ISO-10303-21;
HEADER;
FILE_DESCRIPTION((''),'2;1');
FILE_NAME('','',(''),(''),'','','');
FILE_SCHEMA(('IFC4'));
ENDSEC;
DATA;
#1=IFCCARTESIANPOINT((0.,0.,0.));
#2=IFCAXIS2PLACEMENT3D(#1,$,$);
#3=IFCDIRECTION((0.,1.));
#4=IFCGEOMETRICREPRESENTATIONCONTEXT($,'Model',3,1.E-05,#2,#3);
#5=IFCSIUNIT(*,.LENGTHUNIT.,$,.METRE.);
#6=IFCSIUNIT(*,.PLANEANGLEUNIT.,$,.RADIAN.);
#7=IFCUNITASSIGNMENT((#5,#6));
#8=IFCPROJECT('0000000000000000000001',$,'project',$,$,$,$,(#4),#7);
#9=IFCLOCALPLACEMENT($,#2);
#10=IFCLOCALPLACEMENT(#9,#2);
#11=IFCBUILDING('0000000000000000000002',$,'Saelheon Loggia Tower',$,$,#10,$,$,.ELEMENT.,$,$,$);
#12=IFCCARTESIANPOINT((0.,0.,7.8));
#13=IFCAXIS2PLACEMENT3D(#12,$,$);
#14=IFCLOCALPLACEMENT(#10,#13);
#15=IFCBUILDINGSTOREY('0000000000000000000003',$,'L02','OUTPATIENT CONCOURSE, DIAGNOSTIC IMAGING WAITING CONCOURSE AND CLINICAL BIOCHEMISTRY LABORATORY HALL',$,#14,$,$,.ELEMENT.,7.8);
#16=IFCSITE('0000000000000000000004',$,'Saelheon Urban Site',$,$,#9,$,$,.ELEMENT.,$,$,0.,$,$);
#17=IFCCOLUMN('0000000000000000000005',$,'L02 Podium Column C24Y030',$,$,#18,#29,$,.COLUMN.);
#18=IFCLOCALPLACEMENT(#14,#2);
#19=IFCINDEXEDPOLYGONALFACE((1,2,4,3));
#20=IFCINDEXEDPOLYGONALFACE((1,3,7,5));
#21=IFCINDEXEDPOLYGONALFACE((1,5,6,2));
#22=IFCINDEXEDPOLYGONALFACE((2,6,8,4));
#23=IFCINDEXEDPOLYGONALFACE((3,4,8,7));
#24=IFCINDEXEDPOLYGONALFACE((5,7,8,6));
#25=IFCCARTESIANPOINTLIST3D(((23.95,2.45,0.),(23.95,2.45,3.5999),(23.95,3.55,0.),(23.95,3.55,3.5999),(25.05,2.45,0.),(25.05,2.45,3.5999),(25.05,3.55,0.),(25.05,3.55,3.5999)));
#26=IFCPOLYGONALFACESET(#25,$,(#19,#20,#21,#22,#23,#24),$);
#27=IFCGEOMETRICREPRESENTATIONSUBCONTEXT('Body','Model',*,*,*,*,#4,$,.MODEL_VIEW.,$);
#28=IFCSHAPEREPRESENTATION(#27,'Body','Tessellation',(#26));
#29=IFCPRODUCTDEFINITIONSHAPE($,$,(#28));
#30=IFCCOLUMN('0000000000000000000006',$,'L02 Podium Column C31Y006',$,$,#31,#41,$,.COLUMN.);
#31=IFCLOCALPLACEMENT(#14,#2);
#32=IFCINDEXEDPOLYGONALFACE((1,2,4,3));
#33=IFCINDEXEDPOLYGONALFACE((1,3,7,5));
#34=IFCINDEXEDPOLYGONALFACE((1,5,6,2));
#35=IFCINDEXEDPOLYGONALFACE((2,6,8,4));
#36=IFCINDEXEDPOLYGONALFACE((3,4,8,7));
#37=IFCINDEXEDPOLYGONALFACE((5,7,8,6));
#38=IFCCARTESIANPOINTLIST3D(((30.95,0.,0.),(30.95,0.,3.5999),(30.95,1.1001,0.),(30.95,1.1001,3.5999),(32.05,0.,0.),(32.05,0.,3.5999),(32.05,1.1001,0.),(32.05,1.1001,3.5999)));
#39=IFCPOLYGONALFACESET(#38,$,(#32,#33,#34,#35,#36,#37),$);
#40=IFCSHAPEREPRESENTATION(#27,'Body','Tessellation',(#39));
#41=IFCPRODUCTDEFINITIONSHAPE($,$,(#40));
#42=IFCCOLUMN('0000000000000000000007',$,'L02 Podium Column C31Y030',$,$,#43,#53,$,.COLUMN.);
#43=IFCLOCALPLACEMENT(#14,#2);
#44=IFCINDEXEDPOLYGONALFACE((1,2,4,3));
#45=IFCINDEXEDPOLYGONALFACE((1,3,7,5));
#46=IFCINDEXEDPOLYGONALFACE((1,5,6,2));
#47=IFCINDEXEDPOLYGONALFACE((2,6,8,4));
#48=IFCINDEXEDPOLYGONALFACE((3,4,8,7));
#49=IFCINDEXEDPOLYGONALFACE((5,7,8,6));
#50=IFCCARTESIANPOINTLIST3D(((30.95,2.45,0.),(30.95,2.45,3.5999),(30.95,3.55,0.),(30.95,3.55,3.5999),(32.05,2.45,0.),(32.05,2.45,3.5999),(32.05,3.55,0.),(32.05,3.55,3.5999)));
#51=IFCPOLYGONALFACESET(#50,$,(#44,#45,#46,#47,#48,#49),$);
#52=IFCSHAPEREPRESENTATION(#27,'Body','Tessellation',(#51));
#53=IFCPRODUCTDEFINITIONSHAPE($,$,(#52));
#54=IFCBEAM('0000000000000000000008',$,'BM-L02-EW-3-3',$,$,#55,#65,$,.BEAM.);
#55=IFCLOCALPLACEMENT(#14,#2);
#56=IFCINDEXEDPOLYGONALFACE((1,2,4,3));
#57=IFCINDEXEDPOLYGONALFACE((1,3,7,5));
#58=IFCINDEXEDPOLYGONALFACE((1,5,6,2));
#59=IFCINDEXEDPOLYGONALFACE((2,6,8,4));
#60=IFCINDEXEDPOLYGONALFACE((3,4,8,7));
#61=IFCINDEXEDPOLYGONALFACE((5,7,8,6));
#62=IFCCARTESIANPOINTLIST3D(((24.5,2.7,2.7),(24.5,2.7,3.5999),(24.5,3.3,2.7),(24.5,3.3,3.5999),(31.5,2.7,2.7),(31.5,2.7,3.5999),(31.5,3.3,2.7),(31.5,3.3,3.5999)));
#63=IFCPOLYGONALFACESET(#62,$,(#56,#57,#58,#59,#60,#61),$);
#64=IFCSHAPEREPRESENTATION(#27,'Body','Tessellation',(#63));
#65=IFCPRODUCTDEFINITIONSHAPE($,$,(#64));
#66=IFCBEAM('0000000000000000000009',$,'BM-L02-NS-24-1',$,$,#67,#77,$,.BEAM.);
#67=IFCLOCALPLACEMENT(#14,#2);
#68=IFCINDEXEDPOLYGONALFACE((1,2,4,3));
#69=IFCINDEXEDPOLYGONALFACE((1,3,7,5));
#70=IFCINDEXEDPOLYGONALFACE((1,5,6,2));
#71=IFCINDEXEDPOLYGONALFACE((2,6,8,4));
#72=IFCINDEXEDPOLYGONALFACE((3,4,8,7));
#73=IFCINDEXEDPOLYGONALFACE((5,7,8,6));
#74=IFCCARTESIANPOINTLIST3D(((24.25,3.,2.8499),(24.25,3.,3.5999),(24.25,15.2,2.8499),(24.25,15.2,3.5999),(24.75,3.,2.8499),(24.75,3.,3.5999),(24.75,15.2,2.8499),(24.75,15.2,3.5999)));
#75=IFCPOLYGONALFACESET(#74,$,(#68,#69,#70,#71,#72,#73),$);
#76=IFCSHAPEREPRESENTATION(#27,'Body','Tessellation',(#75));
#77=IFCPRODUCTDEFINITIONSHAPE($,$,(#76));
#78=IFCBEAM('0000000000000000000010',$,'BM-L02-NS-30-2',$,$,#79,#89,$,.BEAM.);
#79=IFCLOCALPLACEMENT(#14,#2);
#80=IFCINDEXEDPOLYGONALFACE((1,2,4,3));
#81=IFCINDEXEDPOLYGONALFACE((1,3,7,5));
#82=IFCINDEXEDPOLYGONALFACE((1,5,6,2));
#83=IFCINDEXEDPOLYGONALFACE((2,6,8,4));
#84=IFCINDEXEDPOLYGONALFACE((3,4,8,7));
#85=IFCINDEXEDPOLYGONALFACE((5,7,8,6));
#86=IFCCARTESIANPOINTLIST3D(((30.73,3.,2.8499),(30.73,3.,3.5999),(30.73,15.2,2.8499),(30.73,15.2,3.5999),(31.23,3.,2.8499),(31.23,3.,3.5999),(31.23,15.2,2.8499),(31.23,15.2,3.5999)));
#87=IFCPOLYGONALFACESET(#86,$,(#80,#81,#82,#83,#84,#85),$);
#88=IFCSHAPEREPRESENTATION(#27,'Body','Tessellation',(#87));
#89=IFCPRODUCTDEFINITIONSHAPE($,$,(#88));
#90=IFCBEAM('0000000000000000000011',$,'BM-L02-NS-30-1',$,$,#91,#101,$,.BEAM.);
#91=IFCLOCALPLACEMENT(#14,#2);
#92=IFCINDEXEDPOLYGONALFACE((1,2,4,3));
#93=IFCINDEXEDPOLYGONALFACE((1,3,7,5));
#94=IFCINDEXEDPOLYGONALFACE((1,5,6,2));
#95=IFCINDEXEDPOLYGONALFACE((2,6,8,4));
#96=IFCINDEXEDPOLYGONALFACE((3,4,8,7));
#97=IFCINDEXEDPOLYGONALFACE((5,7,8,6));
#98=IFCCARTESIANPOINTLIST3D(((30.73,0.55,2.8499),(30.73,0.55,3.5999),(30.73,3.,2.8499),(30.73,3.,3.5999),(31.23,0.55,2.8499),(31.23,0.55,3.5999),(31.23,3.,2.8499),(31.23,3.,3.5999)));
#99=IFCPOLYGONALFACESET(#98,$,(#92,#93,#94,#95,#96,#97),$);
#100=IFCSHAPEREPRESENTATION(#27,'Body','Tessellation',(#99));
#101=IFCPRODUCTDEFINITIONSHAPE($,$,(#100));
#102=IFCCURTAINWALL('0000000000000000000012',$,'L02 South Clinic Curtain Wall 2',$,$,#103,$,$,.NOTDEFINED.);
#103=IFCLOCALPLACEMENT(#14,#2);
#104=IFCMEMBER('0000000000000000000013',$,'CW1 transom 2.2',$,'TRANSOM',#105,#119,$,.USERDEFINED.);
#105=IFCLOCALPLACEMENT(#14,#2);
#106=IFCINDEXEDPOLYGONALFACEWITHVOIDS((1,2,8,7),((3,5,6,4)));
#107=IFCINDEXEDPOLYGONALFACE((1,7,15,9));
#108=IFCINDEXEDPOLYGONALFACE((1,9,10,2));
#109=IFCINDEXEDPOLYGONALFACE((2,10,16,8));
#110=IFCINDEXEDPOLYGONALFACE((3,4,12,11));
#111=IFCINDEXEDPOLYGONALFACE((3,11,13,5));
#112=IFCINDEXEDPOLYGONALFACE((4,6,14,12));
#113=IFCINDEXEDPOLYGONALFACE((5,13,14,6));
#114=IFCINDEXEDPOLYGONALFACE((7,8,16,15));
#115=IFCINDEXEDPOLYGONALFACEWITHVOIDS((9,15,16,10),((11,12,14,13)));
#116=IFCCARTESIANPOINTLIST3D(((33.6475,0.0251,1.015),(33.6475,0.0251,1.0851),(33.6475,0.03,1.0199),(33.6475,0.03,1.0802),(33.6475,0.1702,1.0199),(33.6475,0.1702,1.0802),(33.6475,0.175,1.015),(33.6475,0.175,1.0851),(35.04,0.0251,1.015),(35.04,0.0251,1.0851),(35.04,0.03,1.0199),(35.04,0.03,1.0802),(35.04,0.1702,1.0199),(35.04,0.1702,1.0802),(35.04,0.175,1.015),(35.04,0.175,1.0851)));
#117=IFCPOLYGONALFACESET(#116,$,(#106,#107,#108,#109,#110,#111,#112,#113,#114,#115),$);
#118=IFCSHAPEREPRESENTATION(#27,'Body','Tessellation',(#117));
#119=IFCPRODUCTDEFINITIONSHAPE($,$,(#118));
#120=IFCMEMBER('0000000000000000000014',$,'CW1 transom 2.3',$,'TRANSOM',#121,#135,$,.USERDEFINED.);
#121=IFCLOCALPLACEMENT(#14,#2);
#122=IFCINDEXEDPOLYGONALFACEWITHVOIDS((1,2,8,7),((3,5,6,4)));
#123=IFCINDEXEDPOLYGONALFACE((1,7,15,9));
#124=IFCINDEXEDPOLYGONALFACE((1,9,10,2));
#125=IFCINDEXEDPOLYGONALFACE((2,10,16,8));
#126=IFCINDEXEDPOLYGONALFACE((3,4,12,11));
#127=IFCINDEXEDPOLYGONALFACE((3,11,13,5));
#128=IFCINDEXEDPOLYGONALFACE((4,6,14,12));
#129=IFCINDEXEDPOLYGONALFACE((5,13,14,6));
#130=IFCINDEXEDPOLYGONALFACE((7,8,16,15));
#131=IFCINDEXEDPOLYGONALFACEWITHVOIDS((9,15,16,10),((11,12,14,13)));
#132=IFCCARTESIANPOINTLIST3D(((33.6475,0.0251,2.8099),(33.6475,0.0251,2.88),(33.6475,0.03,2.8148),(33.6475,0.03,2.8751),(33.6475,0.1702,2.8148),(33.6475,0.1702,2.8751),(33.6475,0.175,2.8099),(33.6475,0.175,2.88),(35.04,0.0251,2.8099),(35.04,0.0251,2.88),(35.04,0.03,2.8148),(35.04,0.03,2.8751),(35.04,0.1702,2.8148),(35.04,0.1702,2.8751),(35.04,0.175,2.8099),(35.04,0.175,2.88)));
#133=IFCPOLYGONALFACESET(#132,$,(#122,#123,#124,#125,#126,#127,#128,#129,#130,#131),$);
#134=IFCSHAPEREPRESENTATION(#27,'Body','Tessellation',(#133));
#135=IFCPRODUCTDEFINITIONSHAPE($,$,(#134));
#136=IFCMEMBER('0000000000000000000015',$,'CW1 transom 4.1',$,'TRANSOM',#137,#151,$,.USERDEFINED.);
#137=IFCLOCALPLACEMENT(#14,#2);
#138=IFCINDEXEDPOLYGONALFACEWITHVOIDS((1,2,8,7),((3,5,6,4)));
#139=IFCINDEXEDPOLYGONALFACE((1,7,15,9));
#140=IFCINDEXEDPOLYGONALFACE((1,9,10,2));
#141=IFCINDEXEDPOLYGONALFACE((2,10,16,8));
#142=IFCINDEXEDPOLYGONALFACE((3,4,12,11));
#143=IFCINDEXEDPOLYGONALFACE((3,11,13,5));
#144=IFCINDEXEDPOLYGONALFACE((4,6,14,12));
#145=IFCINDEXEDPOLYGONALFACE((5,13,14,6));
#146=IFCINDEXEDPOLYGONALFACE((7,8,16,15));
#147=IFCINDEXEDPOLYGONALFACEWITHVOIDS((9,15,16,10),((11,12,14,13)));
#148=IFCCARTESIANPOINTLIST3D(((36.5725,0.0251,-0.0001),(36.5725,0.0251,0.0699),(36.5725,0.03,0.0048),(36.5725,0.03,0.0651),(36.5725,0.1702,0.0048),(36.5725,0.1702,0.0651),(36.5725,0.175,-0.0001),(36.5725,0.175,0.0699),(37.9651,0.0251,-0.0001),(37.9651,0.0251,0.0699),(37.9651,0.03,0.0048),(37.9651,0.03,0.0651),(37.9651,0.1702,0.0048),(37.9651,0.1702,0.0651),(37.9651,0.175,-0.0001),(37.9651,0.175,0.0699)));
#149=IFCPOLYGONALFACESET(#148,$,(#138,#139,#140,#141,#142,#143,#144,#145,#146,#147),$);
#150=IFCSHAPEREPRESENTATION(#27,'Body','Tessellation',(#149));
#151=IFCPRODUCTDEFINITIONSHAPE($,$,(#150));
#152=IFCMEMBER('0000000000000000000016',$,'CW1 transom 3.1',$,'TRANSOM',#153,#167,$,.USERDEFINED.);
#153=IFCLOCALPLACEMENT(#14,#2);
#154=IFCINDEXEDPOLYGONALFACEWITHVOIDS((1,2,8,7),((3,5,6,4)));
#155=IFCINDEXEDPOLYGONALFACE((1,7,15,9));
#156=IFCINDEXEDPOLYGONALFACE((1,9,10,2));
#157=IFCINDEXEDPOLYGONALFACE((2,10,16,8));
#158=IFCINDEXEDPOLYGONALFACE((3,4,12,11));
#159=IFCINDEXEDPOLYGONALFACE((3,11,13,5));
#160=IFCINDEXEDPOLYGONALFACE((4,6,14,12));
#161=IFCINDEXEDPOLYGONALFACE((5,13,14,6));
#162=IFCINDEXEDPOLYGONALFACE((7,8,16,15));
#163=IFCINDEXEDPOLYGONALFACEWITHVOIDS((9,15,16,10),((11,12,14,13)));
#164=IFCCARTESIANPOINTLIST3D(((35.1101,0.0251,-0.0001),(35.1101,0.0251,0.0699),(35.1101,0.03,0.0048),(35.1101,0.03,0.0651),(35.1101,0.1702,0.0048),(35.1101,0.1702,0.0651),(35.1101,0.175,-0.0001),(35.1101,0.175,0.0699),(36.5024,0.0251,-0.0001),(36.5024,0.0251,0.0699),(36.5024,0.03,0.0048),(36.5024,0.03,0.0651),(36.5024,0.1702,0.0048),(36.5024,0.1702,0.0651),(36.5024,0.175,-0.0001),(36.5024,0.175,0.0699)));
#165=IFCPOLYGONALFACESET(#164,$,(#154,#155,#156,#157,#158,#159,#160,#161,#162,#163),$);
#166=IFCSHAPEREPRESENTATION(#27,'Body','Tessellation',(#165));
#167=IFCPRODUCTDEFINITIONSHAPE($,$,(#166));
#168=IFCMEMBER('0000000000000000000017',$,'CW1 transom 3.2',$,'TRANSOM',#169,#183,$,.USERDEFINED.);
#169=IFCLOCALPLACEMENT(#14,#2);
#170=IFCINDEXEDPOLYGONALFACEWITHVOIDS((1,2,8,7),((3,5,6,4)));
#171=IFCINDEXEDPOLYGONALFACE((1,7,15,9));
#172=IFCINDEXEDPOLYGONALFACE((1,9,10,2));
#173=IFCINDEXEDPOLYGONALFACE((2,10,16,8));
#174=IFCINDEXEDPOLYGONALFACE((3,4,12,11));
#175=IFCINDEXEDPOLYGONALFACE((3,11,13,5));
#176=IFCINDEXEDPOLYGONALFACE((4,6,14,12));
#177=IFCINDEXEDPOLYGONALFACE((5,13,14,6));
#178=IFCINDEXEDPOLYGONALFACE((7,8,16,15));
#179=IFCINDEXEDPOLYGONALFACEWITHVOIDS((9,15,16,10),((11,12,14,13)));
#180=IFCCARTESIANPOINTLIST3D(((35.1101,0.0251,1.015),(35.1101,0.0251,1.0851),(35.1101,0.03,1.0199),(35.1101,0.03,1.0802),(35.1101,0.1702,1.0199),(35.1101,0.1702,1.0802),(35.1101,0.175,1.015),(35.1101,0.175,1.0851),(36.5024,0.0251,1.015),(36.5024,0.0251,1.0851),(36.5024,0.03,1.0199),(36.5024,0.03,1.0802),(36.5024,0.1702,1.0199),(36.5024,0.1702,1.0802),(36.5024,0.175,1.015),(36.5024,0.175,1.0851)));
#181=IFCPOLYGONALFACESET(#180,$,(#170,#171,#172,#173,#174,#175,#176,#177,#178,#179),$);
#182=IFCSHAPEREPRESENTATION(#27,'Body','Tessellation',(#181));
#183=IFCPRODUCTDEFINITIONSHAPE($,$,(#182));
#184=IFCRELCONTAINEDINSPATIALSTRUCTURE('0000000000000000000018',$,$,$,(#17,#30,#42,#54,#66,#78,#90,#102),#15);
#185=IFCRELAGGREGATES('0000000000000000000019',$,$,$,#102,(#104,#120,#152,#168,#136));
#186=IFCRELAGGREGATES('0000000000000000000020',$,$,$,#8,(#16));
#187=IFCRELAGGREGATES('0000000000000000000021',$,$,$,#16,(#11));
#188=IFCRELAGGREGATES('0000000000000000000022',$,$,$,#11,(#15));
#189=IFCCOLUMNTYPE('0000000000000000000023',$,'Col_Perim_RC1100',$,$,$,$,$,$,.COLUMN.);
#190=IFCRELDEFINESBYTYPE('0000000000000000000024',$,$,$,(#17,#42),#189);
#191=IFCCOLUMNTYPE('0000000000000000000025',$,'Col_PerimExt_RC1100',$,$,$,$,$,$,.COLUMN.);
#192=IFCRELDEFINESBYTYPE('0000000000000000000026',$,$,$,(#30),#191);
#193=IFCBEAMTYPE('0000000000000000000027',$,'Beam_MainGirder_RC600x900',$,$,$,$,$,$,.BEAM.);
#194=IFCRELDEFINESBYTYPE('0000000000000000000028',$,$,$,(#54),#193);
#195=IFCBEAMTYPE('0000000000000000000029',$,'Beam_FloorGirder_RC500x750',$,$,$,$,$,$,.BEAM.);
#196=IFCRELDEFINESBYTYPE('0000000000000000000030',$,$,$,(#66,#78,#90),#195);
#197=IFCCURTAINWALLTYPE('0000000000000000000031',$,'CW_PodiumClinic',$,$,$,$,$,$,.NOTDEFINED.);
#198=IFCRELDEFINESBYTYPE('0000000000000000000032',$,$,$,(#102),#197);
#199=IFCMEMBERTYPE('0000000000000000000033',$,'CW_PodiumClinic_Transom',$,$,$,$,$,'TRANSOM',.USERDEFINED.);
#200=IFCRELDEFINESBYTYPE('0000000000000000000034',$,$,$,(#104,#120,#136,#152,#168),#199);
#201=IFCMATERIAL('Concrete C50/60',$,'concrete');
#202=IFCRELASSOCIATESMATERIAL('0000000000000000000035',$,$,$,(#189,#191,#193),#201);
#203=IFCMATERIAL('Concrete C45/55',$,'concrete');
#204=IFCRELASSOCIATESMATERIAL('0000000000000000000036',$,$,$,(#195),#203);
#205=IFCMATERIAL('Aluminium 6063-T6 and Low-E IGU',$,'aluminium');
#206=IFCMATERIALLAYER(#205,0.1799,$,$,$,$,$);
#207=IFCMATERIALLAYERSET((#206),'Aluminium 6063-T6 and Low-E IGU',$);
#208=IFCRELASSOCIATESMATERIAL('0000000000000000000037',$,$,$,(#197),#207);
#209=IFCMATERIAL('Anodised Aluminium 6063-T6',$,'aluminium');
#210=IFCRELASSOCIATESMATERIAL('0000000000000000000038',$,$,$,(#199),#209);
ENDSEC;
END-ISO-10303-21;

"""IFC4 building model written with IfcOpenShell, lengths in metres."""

from ifc_helpers import new_model, si_unit, direction, frame, origin, origin_2d, place, context, subcontext, project, spatial, rectangle, hollow_rectangle, extrude, source, transform, mapped, material, layer, layer_set, material_profile, profile_set, type_object, element, aggregate, save


model = new_model("IFC4")

# Units and contexts
model_context = context("Model", 3, precision=1e-05, world=origin(), true_north=direction((0.0, 1.0)))
body_context = subcontext(model_context, "Body", "Model", "MODEL_VIEW")
ifc_project = project(units=[si_unit("LENGTHUNIT", "METRE"), si_unit("PLANEANGLEUNIT", "RADIAN")], contexts=[model_context])

# Site, building, storey
site_placement = place(None, origin())
site = spatial("IfcSite", under=ifc_project, at=site_placement, Name="Saelheon Urban Site", CompositionType="ELEMENT", RefElevation=0.0)
building_placement = place(site_placement, origin())
building = spatial("IfcBuilding", under=site, at=building_placement, Name="Saelheon Loggia Tower", CompositionType="ELEMENT")
storey_placement = place(building_placement, frame((0.0, 0.0, 7.8)))
storey = spatial("IfcBuildingStorey", under=building, at=storey_placement, Name="L02", Description="OUTPATIENT CONCOURSE, DIAGNOSTIC IMAGING WAITING CONCOURSE AND CLINICAL BIOCHEMISTRY LABORATORY HALL", CompositionType="ELEMENT", Elevation=7.8)

# Columns
ifc_material_1 = material(Name="Concrete C50/60", Category="concrete")
ifc_material_profile_1 = material_profile(ifc_material_1, rectangle(XDim=1.1001, YDim=1.1001, at=origin_2d()), Name="RC-1100x1100")
ifc_profile_set_1 = profile_set([ifc_material_profile_1], Name="Concrete C50/60")
column_type_1 = type_object("IfcColumnType", Name="Col_Perim_RC1100", PredefinedType="COLUMN", material=ifc_profile_set_1)
shared_shape_1 = source(origin(), body_context, "Body", "SweptSolid", [
    extrude(rectangle(XDim=1.1001, YDim=1.1001, at=origin_2d()), origin(), (0.0, 0.0, 1.0), 3.5999),
])
column_1_placement = place(storey_placement, frame((24.5, 3.0, 0.0), z_axis=(0.0, 0.0, 1.0), x_axis=(1.0, 0.0, 0.0)))
element("IfcColumn", 1, at=column_1_placement, inside=storey, type_object=column_type_1, Name="L02 Podium Column C24Y030", PredefinedType="COLUMN", context=body_context, shape_type="MappedRepresentation", body=[
    mapped(shared_shape_1, transform((0.0, 0.0, 0.0), scale=1.0)),
])
ifc_material_profile_2 = material_profile(ifc_material_1, rectangle(XDim=1.1001, YDim=1.1001, at=origin_2d()), Name="RC-1100x1100")
ifc_profile_set_2 = profile_set([ifc_material_profile_2], Name="Concrete C50/60")
column_type_2 = type_object("IfcColumnType", Name="Col_PerimExt_RC1100", PredefinedType="COLUMN", material=ifc_profile_set_2)
column_2_placement = place(storey_placement, frame((31.5, 0.55, 0.0), z_axis=(0.0, 0.0, 1.0), x_axis=(1.0, 0.0, 0.0)))
element("IfcColumn", 2, at=column_2_placement, inside=storey, type_object=column_type_2, Name="L02 Podium Column C31Y006", PredefinedType="COLUMN", context=body_context, shape_type="MappedRepresentation", body=[
    mapped(shared_shape_1, transform((0.0, 0.0, 0.0), scale=1.0)),
])
column_3_placement = place(storey_placement, frame((31.5, 3.0, 0.0), z_axis=(0.0, 0.0, 1.0), x_axis=(1.0, 0.0, 0.0)))
element("IfcColumn", 3, at=column_3_placement, inside=storey, type_object=column_type_1, Name="L02 Podium Column C31Y030", PredefinedType="COLUMN", context=body_context, shape_type="MappedRepresentation", body=[
    mapped(shared_shape_1, transform((0.0, 0.0, 0.0), scale=1.0)),
])

# Beams
ifc_material_profile_3 = material_profile(ifc_material_1, rectangle(XDim=0.6001, YDim=0.8999, at=origin_2d()), Name="RC-600x900")
ifc_profile_set_3 = profile_set([ifc_material_profile_3], Name="Concrete C50/60")
beam_type_1 = type_object("IfcBeamType", Name="Beam_MainGirder_RC600x900", PredefinedType="BEAM", material=ifc_profile_set_3)
shared_shape_2 = source(origin(), body_context, "Body", "SweptSolid", [
    extrude(rectangle(XDim=0.6001, YDim=0.8999, at=origin_2d()), origin(), (0.0, 0.0, 1.0), 7.0),
])
beam_1_placement = place(storey_placement, frame((24.5, 3.0, 3.1499), z_axis=(1.0, 0.0, 0.0), x_axis=(0.0, 1.0, 0.0)))
element("IfcBeam", 4, at=beam_1_placement, inside=storey, type_object=beam_type_1, Name="BM-L02-EW-3-3", PredefinedType="BEAM", context=body_context, shape_type="MappedRepresentation", body=[
    mapped(shared_shape_2, transform((0.0, 0.0, 0.0), scale=1.0)),
])
ifc_material_2 = material(Name="Concrete C45/55", Category="concrete")
ifc_material_profile_4 = material_profile(ifc_material_2, rectangle(XDim=0.5, YDim=0.75, at=origin_2d()), Name="RC-500x750")
ifc_profile_set_4 = profile_set([ifc_material_profile_4], Name="Concrete C45/55")
beam_type_2 = type_object("IfcBeamType", Name="Beam_FloorGirder_RC500x750", PredefinedType="BEAM", material=ifc_profile_set_4)
shared_shape_3 = source(origin(), body_context, "Body", "SweptSolid", [
    extrude(rectangle(XDim=0.5, YDim=0.75, at=origin_2d()), origin(), (0.0, 0.0, 1.0), 12.2),
])
for number, where, z_axis, x_axis, name in (
    (5, (24.5, 3.0, 3.2249), (0.0, 1.0, 0.0), (-1.0, 0.0, 0.0), "BM-L02-NS-24-1"),
    (6, (30.98, 3.0, 3.2249), (0.0, 1.0, 0.0), (-1.0, 0.0, 0.0), "BM-L02-NS-30-2"),
):
    element("IfcBeam", number, at=place(storey_placement, frame(where, z_axis=z_axis, x_axis=x_axis)), inside=storey, type_object=beam_type_2, Name=name, PredefinedType="BEAM", context=body_context, shape_type="MappedRepresentation", body=[
        mapped(shared_shape_3, transform((0.0, 0.0, 0.0), scale=1.0)),
    ])
shared_shape_4 = source(origin(), body_context, "Body", "SweptSolid", [
    extrude(rectangle(XDim=0.5, YDim=0.75, at=origin_2d()), origin(), (0.0, 0.0, 1.0), 2.45),
])
beam_2_placement = place(storey_placement, frame((30.98, 0.55, 3.2249), z_axis=(0.0, 1.0, 0.0), x_axis=(-1.0, 0.0, 0.0)))
element("IfcBeam", 7, at=beam_2_placement, inside=storey, type_object=beam_type_2, Name="BM-L02-NS-30-1", PredefinedType="BEAM", context=body_context, shape_type="MappedRepresentation", body=[
    mapped(shared_shape_4, transform((0.0, 0.0, 0.0), scale=1.0)),
])

# Curtain wall, members
ifc_material_3 = material(Name="Aluminium 6063-T6 and Low-E IGU", Category="aluminium")
ifc_layer_1 = layer(ifc_material_3, 0.1799)
ifc_layer_set_1 = layer_set([ifc_layer_1], Name="Aluminium 6063-T6 and Low-E IGU")
curtain_wall_type = type_object("IfcCurtainWallType", Name="CW_PodiumClinic", PredefinedType="NOTDEFINED", material=ifc_layer_set_1)
curtain_wall_placement = place(storey_placement, origin())
curtain_wall = element("IfcCurtainWall", 8, at=curtain_wall_placement, inside=storey, type_object=curtain_wall_type, Name="L02 South Clinic Curtain Wall 2", PredefinedType="NOTDEFINED")
ifc_material_4 = material(Name="Anodised Aluminium 6063-T6", Category="aluminium")
ifc_material_profile_5 = material_profile(ifc_material_4, hollow_rectangle(XDim=0.0701, YDim=0.1499, WallThickness=0.0049, at=origin_2d()), Name="RHS-150x70x5")
ifc_profile_set_5 = profile_set([ifc_material_profile_5], Name="Anodised Aluminium 6063-T6")
member_type_1 = type_object("IfcMemberType", Name="CW_PodiumClinic_Transom", ElementType="TRANSOM", PredefinedType="USERDEFINED", material=ifc_profile_set_5)
shared_shape_5 = source(origin(), body_context, "Body", "SweptSolid", [
    extrude(hollow_rectangle(XDim=0.0701, YDim=0.1499, WallThickness=0.0049, at=origin_2d()), origin(), (0.0, 0.0, 1.0), 1.3926),
])
member_1_placement = place(storey_placement, frame((33.6475, 0.1001, 1.05), z_axis=(1.0, 0.0, 0.0), x_axis=(0.0, 0.0, 1.0)))
member_1 = element("IfcMember", 9, at=member_1_placement, type_object=member_type_1, Name="CW1 transom 2.2", ObjectType="TRANSOM", PredefinedType="USERDEFINED", context=body_context, shape_type="MappedRepresentation", body=[
    mapped(shared_shape_5, transform((0.0, 0.0, 0.0), scale=1.0)),
])
member_2_placement = place(storey_placement, frame((33.6475, 0.1001, 2.845), z_axis=(1.0, 0.0, 0.0), x_axis=(0.0, 0.0, 1.0)))
member_2 = element("IfcMember", 10, at=member_2_placement, type_object=member_type_1, Name="CW1 transom 2.3", ObjectType="TRANSOM", PredefinedType="USERDEFINED", context=body_context, shape_type="MappedRepresentation", body=[
    mapped(shared_shape_5, transform((0.0, 0.0, 0.0), scale=1.0)),
])
member_3_placement = place(storey_placement, frame((36.5725, 0.1001, 0.0349), z_axis=(1.0, 0.0, 0.0), x_axis=(0.0, 0.0, 1.0)))
member_3 = element("IfcMember", 11, at=member_3_placement, type_object=member_type_1, Name="CW1 transom 4.1", ObjectType="TRANSOM", PredefinedType="USERDEFINED", context=body_context, shape_type="MappedRepresentation", body=[
    mapped(shared_shape_5, transform((0.0, 0.0, 0.0), scale=1.0)),
])
shared_shape_6 = source(origin(), body_context, "Body", "SweptSolid", [
    extrude(hollow_rectangle(XDim=0.0701, YDim=0.1499, WallThickness=0.0049, at=origin_2d()), origin(), (0.0, 0.0, 1.0), 1.3923),
])
member_4_placement = place(storey_placement, frame((35.1101, 0.1001, 0.0349), z_axis=(1.0, 0.0, 0.0), x_axis=(0.0, 0.0, 1.0)))
member_4 = element("IfcMember", 12, at=member_4_placement, type_object=member_type_1, Name="CW1 transom 3.1", ObjectType="TRANSOM", PredefinedType="USERDEFINED", context=body_context, shape_type="MappedRepresentation", body=[
    mapped(shared_shape_6, transform((0.0, 0.0, 0.0), scale=1.0)),
])
member_5_placement = place(storey_placement, frame((35.1101, 0.1001, 1.05), z_axis=(1.0, 0.0, 0.0), x_axis=(0.0, 0.0, 1.0)))
member_5 = element("IfcMember", 13, at=member_5_placement, type_object=member_type_1, Name="CW1 transom 3.2", ObjectType="TRANSOM", PredefinedType="USERDEFINED", context=body_context, shape_type="MappedRepresentation", body=[
    mapped(shared_shape_6, transform((0.0, 0.0, 0.0), scale=1.0)),
])
aggregate(curtain_wall, [member_1, member_2, member_4, member_5, member_3])

save(model, "model.ifc")
